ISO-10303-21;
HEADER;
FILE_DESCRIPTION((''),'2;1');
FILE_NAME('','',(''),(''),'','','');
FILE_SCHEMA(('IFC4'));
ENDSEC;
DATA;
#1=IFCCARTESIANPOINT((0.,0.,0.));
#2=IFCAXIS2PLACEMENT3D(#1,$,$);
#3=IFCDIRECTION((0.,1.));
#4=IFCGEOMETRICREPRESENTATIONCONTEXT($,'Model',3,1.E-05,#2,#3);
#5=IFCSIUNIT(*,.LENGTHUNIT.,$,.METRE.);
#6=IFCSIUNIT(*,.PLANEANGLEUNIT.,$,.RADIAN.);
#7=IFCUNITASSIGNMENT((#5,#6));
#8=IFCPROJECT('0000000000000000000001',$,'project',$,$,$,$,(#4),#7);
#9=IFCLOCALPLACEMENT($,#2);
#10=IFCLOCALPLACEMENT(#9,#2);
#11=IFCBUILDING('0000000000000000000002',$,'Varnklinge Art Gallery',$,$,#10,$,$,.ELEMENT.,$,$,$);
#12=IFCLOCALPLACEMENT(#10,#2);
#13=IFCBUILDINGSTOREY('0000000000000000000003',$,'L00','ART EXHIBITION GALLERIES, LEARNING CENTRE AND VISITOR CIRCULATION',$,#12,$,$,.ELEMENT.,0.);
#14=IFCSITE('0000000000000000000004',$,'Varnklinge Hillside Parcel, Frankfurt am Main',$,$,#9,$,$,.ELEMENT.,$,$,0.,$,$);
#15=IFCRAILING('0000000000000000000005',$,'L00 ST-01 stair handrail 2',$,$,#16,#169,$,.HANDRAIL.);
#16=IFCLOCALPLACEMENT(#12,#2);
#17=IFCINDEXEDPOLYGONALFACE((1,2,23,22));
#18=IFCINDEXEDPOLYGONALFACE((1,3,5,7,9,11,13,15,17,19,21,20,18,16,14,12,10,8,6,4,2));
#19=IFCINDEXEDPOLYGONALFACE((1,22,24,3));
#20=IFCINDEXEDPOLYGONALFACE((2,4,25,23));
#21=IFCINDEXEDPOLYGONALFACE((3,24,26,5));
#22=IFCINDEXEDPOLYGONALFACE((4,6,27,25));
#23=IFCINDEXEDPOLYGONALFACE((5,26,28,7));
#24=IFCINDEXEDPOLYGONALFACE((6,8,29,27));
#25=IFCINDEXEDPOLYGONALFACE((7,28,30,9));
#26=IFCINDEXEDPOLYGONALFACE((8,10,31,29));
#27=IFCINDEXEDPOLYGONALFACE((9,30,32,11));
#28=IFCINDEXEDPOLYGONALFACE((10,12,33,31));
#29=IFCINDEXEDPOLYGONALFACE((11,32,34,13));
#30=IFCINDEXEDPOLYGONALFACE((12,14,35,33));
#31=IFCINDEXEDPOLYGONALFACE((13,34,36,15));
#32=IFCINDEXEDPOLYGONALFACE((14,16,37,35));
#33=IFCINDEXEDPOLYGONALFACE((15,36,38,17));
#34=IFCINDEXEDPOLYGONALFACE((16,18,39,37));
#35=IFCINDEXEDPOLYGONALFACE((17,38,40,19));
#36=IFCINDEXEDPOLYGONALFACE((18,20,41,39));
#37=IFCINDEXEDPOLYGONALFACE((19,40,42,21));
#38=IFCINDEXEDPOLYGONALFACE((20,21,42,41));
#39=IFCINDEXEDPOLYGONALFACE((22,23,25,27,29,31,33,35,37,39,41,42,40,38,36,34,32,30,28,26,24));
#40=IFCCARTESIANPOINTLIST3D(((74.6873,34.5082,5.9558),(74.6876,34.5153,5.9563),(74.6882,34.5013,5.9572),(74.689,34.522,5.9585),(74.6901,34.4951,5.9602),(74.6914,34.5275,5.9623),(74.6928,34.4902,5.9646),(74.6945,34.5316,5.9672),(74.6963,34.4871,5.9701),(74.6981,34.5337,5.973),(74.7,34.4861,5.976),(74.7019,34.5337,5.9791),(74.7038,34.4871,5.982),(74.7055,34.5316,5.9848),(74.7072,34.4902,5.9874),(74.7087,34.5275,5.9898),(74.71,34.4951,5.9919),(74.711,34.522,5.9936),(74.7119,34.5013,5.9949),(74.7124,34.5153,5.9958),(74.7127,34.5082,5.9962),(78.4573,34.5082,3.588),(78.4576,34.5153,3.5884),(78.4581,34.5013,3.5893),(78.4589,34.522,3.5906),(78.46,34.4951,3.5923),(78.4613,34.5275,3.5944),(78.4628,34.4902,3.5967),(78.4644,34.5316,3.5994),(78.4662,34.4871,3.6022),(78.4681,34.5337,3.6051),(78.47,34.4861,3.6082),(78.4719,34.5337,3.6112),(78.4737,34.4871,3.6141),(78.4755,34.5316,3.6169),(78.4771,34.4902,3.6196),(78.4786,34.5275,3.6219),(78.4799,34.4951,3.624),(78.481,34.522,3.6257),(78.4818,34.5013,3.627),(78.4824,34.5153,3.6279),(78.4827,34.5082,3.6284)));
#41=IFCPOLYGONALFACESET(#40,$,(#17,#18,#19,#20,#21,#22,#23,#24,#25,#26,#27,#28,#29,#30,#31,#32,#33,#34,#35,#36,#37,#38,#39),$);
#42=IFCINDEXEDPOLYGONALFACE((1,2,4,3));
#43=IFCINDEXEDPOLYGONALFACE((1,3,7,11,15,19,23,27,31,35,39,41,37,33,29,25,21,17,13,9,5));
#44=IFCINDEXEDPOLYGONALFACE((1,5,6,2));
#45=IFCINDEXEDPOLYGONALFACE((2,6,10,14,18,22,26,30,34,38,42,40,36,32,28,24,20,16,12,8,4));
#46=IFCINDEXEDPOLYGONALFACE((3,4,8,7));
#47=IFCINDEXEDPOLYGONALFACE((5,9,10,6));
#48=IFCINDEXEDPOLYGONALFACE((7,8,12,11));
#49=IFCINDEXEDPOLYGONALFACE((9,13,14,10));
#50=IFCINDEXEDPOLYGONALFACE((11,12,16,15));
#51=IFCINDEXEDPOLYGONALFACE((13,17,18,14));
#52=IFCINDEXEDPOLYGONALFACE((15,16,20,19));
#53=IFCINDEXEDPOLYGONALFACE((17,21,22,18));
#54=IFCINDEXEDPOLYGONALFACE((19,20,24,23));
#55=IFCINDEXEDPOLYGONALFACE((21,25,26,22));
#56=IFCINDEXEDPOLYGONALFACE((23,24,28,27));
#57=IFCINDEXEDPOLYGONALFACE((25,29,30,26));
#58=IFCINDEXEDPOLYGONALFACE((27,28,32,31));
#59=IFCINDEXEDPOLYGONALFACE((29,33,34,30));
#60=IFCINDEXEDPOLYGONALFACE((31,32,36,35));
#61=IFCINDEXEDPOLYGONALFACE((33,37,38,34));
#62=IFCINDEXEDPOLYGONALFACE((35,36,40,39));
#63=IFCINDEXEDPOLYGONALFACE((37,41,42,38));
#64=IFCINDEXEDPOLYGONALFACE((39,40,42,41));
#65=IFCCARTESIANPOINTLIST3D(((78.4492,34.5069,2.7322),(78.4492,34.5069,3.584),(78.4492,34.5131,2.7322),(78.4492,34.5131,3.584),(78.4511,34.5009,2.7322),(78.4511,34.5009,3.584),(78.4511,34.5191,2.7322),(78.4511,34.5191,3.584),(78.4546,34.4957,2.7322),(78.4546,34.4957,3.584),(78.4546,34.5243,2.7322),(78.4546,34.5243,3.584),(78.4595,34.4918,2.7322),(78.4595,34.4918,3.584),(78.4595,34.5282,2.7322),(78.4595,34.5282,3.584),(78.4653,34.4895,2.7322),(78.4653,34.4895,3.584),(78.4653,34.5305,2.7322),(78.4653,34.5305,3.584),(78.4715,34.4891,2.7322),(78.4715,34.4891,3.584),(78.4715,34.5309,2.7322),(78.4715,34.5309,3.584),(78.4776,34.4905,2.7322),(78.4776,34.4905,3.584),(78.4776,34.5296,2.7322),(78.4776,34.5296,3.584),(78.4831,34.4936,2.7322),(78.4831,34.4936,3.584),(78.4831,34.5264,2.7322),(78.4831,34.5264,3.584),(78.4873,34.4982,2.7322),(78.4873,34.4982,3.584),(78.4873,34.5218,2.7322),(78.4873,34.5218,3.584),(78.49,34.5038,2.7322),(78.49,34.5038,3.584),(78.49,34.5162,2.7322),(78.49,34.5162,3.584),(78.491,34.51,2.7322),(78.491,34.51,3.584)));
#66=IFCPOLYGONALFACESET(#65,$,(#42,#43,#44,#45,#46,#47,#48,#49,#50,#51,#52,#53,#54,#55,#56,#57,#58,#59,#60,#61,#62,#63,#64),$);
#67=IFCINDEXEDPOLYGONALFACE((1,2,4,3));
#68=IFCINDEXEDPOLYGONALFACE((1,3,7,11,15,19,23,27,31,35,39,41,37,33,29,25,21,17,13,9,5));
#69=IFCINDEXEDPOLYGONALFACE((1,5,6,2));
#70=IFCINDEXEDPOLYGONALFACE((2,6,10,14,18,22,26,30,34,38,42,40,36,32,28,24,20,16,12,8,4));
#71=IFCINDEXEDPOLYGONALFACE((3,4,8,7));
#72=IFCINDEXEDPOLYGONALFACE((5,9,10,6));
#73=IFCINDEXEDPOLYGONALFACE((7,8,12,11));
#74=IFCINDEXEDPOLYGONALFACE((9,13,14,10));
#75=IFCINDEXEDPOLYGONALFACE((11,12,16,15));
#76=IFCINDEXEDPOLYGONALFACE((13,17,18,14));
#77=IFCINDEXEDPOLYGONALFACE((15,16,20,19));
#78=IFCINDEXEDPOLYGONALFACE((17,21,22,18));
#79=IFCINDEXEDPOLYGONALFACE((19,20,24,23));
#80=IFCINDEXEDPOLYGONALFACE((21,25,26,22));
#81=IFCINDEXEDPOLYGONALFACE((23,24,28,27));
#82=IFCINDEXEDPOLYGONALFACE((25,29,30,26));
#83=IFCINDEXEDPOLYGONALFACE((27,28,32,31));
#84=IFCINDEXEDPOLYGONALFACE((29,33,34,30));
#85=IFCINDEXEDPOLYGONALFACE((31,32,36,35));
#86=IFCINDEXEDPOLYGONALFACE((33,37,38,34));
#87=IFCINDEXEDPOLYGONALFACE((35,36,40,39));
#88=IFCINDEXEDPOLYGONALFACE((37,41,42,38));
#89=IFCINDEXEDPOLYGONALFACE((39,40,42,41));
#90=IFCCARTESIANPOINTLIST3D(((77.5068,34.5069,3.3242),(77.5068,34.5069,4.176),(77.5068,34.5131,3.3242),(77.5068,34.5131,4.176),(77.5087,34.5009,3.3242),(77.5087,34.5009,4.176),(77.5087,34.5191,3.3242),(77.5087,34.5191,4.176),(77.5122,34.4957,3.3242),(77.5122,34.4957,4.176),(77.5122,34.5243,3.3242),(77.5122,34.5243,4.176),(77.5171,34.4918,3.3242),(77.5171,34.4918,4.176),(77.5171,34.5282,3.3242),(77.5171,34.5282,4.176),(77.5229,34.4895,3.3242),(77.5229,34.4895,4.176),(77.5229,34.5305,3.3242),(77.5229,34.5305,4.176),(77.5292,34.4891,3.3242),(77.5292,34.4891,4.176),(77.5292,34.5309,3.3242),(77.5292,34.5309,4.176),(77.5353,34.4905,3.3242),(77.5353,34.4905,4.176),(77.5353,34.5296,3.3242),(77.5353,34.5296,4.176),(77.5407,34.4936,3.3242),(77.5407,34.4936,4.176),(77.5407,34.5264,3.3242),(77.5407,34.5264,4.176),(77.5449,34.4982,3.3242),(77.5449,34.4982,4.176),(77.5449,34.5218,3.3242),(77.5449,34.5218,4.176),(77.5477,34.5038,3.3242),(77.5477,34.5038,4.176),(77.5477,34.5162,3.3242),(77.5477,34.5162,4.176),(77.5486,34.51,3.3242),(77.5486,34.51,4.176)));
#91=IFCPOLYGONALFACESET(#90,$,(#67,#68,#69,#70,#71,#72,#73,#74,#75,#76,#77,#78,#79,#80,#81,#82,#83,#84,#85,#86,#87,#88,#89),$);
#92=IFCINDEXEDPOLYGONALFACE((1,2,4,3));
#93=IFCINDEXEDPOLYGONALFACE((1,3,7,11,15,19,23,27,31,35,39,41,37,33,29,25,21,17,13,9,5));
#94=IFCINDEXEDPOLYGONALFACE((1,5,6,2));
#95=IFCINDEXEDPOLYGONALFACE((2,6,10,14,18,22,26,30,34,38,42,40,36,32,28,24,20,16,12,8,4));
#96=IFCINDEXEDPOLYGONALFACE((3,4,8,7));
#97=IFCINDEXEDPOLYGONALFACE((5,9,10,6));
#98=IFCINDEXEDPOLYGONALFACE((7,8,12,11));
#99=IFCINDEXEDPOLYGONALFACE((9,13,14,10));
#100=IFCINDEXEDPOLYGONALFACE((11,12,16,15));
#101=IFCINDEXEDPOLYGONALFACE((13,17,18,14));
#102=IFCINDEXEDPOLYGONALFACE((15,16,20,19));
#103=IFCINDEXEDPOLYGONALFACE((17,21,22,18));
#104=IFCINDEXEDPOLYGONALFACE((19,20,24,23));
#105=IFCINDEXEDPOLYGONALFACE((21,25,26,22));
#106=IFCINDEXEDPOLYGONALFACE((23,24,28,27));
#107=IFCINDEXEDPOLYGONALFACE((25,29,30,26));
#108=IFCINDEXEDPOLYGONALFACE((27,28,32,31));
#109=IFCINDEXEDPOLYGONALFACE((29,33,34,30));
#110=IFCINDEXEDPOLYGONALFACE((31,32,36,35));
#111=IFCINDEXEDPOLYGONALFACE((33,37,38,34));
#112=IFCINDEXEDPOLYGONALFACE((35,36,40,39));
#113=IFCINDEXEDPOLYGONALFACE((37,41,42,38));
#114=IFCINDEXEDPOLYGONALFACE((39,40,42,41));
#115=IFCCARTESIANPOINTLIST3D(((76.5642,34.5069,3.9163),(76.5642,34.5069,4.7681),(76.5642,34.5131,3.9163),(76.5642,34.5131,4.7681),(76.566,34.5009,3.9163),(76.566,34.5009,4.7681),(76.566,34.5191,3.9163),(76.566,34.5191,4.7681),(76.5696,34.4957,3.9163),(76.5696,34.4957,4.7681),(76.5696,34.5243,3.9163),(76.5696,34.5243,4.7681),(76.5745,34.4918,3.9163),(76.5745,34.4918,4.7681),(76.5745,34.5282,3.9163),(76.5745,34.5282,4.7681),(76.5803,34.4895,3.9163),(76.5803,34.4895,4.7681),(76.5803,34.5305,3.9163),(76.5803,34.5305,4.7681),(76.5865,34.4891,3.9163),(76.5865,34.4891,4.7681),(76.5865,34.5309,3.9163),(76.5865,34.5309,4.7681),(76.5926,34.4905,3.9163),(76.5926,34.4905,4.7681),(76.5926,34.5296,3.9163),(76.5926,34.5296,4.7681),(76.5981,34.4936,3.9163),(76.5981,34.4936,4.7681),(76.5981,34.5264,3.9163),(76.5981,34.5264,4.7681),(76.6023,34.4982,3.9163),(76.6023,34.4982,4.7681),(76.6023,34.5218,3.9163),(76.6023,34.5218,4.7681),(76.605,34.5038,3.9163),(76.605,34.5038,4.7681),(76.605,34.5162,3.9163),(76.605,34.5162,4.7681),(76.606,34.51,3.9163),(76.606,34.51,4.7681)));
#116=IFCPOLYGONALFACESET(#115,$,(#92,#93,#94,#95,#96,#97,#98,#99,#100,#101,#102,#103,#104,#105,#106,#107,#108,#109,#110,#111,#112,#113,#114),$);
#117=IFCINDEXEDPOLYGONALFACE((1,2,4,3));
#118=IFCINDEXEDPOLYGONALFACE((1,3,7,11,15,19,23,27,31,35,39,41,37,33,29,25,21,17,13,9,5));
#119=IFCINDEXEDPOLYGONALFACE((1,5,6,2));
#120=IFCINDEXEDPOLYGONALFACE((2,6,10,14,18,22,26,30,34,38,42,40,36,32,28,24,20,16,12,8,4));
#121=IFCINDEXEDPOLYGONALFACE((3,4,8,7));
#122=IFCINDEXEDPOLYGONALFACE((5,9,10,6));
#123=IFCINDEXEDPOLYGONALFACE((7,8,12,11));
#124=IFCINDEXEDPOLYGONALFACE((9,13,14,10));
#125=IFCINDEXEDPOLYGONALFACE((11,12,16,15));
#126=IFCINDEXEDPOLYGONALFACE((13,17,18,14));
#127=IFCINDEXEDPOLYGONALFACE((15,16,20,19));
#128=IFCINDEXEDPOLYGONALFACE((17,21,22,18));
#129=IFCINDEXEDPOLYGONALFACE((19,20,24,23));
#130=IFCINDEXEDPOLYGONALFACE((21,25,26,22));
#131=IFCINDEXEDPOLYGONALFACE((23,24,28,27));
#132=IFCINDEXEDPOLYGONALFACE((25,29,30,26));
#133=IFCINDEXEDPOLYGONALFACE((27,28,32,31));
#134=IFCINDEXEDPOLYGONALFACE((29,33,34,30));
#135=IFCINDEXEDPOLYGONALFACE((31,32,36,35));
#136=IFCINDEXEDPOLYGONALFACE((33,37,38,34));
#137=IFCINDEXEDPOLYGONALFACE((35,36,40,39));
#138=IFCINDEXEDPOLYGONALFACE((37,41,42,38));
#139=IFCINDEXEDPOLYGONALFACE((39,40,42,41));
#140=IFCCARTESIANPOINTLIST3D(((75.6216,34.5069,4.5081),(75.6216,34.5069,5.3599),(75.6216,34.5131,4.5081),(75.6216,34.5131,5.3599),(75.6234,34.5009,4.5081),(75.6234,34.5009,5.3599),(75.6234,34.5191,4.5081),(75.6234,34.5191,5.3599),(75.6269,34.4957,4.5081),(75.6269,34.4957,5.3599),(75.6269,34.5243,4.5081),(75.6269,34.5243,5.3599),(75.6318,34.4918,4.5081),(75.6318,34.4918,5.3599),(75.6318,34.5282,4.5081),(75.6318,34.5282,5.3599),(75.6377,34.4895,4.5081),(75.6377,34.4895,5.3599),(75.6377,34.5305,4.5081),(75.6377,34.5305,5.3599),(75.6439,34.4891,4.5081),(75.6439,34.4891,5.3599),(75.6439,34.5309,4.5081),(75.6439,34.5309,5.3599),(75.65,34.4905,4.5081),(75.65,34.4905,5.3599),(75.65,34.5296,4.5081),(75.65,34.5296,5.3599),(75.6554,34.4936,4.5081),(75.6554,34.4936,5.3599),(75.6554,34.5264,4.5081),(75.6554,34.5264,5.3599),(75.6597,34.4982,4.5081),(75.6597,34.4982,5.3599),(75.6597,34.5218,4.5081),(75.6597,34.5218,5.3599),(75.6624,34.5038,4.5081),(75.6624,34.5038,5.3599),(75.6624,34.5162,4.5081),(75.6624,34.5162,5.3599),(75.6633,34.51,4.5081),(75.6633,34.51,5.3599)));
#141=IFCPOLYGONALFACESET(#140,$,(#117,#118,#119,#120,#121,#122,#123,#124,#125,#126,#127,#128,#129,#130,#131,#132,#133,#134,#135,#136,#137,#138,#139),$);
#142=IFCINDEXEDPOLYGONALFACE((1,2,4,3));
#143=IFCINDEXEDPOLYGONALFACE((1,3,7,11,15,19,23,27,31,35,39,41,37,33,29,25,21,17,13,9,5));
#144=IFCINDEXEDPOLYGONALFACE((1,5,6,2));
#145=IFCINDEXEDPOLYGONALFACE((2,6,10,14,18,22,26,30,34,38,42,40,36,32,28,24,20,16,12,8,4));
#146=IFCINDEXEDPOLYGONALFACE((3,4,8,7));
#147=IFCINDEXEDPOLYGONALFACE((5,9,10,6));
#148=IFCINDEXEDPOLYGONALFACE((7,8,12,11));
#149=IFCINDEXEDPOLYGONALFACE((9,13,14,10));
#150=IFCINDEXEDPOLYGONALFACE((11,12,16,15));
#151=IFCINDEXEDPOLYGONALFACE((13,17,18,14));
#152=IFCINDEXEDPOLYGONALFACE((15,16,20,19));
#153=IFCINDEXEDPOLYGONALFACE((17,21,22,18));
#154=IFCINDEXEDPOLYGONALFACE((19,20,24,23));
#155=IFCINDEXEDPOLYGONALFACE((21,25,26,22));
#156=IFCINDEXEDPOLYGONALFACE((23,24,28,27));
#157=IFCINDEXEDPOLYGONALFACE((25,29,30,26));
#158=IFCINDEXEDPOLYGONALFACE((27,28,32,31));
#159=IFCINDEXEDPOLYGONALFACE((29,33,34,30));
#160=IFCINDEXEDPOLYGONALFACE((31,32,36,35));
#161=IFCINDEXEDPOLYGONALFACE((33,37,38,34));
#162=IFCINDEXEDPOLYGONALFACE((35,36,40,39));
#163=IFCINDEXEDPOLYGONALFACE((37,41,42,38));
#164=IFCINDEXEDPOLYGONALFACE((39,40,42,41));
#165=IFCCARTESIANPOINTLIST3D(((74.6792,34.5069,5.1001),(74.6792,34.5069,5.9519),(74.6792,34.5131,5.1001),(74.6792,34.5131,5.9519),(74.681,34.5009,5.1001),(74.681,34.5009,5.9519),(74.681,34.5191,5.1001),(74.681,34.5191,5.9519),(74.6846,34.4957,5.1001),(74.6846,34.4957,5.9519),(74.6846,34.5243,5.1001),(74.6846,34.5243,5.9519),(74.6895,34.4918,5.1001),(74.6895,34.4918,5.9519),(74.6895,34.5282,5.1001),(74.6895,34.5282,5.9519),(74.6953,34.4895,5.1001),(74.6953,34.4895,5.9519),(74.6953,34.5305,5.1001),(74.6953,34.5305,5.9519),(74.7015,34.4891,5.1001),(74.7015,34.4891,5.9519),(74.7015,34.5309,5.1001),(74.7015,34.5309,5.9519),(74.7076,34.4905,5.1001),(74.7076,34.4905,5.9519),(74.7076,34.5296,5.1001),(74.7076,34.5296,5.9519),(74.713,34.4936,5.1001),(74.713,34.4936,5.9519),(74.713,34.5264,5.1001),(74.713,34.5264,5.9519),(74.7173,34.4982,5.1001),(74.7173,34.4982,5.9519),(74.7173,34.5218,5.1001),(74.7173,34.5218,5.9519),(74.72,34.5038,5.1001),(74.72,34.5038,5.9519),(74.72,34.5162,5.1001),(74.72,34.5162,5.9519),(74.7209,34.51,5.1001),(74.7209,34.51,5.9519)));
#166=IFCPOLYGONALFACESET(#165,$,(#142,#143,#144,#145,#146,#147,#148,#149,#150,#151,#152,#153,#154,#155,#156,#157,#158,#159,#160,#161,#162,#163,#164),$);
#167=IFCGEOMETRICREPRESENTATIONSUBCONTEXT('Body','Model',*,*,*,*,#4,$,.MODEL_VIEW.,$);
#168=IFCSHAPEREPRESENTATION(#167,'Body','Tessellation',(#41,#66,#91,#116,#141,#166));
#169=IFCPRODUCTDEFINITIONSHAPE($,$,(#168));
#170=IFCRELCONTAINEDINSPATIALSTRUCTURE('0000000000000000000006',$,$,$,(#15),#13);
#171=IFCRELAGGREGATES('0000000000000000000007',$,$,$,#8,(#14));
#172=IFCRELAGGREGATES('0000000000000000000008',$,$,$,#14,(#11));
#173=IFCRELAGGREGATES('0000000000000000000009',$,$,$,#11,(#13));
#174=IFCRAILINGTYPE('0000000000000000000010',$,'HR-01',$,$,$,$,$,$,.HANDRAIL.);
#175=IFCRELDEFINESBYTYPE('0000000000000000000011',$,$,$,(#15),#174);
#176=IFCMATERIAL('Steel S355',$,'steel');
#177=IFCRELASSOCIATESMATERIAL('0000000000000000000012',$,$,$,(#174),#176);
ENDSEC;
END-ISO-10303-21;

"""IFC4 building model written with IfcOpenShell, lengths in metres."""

from ifc_helpers import new_model, si_unit, direction, frame, origin, origin_2d, place, context, subcontext, project, spatial, circle, extrude, material, type_object, element, save


model = new_model("IFC4")

# Units and contexts
model_context = context("Model", 3, precision=1e-05, world=origin(), true_north=direction((0.0, 1.0)))
body_context = subcontext(model_context, "Body", "Model", "MODEL_VIEW")
ifc_project = project(units=[si_unit("LENGTHUNIT", "METRE"), si_unit("PLANEANGLEUNIT", "RADIAN")], contexts=[model_context])

# Site, building, storey
site_placement = place(None, origin())
site = spatial("IfcSite", under=ifc_project, at=site_placement, Name="Varnklinge Hillside Parcel, Frankfurt am Main", CompositionType="ELEMENT", RefElevation=0.0)
building_placement = place(site_placement, origin())
building = spatial("IfcBuilding", under=site, at=building_placement, Name="Varnklinge Art Gallery", CompositionType="ELEMENT")
storey_placement = place(building_placement, origin())
storey = spatial("IfcBuildingStorey", under=building, at=storey_placement, Name="L00", Description="ART EXHIBITION GALLERIES, LEARNING CENTRE AND VISITOR CIRCULATION", CompositionType="ELEMENT", Elevation=0.0)

# Railing
ifc_material_1 = material(Name="Steel S355", Category="steel")
railing_type_1 = type_object("IfcRailingType", Name="HR-01", PredefinedType="HANDRAIL", material=ifc_material_1)
for number, where, name in (
    (1, (78.47, 34.51, 2.7322), "L00 ST-01 stair handrail 2"),
):
    element("IfcRailing", number, at=place(storey_placement, frame(where)), inside=storey, type_object=railing_type_1, Name=name, PredefinedType="HANDRAIL", context=body_context, shape_type="SweptSolid", body=[
        extrude(circle(Radius=0.0239, at=origin_2d()), frame((0.0, 0.0, 0.876), z_axis=(-0.846819, 0.0, 0.531881), x_axis=(0.0, -1.0, 0.0)), (0.0, 0.0, 1.0), 4.4519),
        extrude(circle(Radius=0.021, at=origin_2d()), origin(), (0.0, 0.0, 1.0), 0.8518),
        extrude(circle(Radius=0.021, at=origin_2d()), frame((-0.9424, 0.0, 0.592)), (0.0, 0.0, 1.0), 0.8518),
        extrude(circle(Radius=0.021, at=origin_2d()), frame((-1.885, 0.0, 1.1841)), (0.0, 0.0, 1.0), 0.8518),
        extrude(circle(Radius=0.021, at=origin_2d()), frame((-2.8276, 0.0, 1.7759)), (0.0, 0.0, 1.0), 0.8518),
        extrude(circle(Radius=0.021, at=origin_2d()), frame((-3.77, 0.0, 2.3679)), (0.0, 0.0, 1.0), 0.8518),
    ])

save(model, "model.ifc")
